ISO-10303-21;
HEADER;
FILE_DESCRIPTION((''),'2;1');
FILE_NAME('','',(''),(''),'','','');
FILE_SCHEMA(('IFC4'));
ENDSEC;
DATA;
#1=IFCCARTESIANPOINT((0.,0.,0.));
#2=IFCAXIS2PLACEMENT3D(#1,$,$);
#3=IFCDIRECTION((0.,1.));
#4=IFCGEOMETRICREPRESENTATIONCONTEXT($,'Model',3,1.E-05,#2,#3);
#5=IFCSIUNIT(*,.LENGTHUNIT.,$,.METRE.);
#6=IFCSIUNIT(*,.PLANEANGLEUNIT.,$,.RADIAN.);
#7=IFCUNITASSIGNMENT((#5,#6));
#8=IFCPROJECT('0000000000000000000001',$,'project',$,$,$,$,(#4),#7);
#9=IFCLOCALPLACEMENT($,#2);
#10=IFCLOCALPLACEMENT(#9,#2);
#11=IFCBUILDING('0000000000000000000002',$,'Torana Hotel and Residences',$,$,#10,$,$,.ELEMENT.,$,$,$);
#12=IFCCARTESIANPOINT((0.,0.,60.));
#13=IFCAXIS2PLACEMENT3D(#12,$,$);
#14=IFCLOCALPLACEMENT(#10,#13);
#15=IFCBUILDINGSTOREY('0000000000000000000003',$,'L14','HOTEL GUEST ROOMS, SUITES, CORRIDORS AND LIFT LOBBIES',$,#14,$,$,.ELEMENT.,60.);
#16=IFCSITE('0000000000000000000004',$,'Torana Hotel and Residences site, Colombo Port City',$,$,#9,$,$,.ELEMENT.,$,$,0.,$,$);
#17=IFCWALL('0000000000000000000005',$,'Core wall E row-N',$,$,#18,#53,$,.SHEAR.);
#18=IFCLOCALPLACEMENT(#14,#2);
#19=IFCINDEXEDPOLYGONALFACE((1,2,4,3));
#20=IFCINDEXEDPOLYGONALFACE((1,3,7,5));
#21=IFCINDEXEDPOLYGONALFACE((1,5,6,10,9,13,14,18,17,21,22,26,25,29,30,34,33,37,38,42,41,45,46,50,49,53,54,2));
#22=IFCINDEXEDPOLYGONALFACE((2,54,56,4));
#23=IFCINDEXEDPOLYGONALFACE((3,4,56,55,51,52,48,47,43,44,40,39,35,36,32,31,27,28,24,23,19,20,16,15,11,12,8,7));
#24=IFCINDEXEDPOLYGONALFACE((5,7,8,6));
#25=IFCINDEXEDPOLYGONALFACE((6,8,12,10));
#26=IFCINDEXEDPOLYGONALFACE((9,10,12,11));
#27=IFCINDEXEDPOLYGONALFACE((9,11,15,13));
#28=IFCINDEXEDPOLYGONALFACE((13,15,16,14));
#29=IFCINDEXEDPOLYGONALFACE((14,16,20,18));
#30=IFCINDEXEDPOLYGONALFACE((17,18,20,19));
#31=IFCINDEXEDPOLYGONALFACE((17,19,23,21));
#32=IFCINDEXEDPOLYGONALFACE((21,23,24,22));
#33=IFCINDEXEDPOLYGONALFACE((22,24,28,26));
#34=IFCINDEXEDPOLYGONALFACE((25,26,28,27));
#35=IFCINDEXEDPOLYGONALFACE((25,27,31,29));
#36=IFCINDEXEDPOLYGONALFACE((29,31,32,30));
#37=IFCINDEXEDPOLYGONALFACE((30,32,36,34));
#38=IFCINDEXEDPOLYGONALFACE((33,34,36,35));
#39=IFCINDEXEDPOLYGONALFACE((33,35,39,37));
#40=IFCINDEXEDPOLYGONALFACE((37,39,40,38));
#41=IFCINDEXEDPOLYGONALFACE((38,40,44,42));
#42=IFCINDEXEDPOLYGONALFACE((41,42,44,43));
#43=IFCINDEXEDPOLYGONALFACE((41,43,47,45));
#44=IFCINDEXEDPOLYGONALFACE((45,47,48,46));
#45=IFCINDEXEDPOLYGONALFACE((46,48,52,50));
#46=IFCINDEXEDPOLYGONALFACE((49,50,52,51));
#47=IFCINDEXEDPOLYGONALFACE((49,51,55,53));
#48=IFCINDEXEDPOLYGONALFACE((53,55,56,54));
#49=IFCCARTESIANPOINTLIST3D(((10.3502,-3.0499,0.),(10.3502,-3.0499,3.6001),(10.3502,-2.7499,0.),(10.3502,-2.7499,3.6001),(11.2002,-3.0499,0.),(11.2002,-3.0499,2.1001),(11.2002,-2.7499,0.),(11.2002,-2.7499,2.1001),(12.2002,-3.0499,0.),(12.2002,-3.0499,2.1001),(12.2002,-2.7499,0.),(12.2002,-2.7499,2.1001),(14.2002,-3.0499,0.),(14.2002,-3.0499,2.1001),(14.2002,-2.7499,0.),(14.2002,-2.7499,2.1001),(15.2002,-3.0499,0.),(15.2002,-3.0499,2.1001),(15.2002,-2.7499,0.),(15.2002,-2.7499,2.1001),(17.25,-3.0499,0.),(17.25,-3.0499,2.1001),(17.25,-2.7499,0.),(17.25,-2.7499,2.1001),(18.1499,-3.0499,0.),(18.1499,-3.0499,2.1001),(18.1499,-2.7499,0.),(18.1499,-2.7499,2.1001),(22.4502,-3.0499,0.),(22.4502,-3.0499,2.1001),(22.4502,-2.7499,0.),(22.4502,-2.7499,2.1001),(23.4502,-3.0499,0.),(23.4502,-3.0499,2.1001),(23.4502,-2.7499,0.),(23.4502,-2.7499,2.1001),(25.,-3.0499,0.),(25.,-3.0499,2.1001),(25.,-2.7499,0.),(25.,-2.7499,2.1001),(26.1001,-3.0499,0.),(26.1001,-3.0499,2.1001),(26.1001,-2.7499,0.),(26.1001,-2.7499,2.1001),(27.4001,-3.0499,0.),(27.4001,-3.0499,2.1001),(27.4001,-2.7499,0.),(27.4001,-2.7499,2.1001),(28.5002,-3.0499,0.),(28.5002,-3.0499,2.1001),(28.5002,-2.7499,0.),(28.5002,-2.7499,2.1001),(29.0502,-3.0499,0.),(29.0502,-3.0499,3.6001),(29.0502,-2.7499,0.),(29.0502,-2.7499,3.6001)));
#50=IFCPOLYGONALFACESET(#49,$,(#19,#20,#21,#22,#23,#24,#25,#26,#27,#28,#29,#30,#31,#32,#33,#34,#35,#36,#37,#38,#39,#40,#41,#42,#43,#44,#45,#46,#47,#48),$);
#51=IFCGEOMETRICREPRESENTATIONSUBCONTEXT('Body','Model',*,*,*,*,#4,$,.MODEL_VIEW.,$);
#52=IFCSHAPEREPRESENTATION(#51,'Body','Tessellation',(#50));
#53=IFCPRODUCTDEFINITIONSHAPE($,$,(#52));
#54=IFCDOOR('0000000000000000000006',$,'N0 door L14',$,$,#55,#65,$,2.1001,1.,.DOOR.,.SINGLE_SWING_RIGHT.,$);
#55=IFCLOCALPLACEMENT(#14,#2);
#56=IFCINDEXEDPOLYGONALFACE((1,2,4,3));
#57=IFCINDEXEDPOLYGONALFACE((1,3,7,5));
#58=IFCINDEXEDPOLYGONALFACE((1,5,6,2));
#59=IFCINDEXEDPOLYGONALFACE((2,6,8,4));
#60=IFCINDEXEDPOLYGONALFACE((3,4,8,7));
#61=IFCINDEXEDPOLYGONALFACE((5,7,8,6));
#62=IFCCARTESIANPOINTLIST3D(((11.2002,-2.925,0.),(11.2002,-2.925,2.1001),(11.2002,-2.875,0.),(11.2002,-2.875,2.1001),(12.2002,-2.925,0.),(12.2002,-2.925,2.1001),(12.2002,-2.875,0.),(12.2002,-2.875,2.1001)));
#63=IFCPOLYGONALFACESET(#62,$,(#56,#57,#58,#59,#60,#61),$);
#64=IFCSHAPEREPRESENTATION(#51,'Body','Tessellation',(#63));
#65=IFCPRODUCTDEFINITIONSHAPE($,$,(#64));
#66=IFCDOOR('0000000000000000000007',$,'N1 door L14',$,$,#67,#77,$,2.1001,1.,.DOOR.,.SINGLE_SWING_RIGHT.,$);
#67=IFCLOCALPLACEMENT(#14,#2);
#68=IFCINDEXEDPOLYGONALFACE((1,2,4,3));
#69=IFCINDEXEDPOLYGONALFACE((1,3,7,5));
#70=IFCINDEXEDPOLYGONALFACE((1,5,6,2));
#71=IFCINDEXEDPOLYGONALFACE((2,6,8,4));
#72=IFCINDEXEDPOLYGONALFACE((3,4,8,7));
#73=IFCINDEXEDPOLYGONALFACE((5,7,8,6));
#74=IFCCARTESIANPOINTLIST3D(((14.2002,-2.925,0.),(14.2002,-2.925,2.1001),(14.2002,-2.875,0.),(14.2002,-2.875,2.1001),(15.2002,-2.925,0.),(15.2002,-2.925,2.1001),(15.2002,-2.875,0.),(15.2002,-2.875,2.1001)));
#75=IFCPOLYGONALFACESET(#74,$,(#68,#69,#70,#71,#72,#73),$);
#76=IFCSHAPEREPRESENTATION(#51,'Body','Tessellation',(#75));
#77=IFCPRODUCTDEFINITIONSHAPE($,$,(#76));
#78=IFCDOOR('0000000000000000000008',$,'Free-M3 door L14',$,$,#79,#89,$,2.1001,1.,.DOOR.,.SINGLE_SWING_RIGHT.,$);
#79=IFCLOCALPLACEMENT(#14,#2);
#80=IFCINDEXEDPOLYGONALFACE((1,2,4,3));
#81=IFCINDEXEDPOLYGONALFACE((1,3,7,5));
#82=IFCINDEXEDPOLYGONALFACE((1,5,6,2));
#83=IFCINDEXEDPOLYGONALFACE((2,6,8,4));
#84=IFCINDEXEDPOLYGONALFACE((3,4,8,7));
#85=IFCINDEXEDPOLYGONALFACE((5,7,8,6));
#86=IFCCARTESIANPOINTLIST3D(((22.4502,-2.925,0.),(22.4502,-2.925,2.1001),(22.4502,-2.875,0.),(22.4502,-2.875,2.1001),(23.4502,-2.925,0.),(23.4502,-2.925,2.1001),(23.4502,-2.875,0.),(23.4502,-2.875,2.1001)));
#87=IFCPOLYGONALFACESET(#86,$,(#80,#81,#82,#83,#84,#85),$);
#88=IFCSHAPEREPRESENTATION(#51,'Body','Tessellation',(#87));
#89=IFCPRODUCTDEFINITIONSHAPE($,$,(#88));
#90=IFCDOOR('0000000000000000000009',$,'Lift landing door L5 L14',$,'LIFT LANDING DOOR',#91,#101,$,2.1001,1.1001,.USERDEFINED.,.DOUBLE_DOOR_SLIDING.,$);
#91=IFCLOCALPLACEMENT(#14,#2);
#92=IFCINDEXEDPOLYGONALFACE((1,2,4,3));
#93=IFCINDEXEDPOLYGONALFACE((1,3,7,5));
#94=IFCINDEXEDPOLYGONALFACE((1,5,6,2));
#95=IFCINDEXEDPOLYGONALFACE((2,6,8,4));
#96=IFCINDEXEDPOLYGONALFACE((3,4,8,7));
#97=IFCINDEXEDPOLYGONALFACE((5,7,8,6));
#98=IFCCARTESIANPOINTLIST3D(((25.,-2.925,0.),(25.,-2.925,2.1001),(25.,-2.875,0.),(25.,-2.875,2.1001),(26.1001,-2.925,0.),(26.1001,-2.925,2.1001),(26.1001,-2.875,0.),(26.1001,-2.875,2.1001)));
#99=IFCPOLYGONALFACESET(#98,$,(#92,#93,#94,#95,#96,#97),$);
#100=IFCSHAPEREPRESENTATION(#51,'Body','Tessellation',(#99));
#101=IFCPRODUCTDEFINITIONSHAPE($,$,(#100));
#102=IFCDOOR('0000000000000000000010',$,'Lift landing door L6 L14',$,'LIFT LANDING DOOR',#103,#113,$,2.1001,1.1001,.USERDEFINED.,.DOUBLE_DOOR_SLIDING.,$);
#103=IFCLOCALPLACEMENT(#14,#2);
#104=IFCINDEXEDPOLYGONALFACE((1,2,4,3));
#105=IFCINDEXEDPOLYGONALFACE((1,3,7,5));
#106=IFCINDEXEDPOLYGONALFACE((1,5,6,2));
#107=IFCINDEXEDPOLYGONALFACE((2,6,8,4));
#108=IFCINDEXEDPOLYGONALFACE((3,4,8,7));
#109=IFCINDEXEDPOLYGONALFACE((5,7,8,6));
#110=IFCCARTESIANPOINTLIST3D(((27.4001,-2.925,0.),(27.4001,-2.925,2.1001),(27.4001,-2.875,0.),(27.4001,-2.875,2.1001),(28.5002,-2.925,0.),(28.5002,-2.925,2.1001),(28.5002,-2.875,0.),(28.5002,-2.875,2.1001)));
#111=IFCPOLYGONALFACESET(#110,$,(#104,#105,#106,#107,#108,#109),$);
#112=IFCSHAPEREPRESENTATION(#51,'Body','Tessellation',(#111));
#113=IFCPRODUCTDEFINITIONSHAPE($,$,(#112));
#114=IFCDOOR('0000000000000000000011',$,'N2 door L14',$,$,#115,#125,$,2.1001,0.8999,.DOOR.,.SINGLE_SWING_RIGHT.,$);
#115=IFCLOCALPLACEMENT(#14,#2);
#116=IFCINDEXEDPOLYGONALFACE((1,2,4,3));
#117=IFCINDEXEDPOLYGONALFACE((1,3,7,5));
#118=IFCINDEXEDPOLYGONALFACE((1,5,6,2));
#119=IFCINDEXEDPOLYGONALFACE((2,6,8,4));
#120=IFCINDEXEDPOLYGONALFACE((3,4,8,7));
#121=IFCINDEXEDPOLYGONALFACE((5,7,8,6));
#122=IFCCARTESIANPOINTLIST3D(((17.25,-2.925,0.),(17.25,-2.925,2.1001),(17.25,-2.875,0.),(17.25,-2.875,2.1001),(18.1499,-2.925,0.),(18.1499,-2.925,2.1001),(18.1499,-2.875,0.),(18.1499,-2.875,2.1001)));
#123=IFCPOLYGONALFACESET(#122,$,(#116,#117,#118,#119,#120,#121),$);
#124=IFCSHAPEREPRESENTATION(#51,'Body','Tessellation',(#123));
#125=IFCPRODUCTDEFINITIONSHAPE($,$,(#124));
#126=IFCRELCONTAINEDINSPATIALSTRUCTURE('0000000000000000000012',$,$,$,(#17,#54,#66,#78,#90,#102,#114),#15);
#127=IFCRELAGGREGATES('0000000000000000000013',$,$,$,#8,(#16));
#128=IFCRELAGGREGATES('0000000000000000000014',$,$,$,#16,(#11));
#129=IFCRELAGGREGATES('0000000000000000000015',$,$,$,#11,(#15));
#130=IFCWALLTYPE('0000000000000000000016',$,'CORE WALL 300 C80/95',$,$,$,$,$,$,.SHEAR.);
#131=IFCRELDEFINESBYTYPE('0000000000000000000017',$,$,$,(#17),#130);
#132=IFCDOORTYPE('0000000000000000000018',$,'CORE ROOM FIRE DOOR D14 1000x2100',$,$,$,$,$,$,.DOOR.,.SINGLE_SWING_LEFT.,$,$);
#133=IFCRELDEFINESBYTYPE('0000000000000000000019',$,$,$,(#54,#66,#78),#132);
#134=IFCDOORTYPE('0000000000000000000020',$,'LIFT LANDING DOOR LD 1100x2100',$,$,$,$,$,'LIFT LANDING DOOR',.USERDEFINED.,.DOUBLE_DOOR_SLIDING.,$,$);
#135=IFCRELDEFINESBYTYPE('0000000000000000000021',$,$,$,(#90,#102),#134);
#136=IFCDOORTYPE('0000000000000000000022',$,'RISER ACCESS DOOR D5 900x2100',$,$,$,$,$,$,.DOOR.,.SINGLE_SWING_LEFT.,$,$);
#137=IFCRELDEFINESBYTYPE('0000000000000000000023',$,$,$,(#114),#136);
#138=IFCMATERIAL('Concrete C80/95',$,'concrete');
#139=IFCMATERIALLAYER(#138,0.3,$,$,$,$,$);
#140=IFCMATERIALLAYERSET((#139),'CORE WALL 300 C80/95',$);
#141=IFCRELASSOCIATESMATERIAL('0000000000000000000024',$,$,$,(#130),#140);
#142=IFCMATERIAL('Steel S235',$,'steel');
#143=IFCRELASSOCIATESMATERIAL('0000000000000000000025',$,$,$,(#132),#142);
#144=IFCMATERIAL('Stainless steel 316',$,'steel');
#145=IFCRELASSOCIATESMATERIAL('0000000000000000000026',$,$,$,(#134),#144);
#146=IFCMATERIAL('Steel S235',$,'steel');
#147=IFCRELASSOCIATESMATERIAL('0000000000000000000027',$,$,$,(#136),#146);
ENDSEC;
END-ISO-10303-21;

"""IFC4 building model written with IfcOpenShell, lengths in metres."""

from ifc_helpers import new_model, si_unit, direction, frame, frame_2d, origin, place, context, subcontext, project, spatial, rectangle, extrude, material, layer, layer_set, type_object, element, fill, save


model = new_model("IFC4")

# Units and contexts
model_context = context("Model", 3, precision=1e-05, world=origin(), true_north=direction((0.0, 1.0)))
body_context = subcontext(model_context, "Body", "Model", "MODEL_VIEW")
ifc_project = project(units=[si_unit("LENGTHUNIT", "METRE"), si_unit("PLANEANGLEUNIT", "RADIAN")], contexts=[model_context])

# Site, building, storey
site_placement = place(None, origin())
site = spatial("IfcSite", under=ifc_project, at=site_placement, Name="Torana Hotel and Residences site, Colombo Port City", CompositionType="ELEMENT", RefElevation=0.0)
building_placement = place(site_placement, origin())
building = spatial("IfcBuilding", under=site, at=building_placement, Name="Torana Hotel and Residences", CompositionType="ELEMENT")
storey_placement = place(building_placement, frame((0.0, 0.0, 60.0)))
storey = spatial("IfcBuildingStorey", under=building, at=storey_placement, Name="L14", Description="HOTEL GUEST ROOMS, SUITES, CORRIDORS AND LIFT LOBBIES", CompositionType="ELEMENT", Elevation=60.0)

# Wall, openings, doors
ifc_material_1 = material(Name="Concrete C80/95", Category="concrete")
ifc_layer_1 = layer(ifc_material_1, 0.3)
ifc_layer_set_1 = layer_set([ifc_layer_1], Name="CORE WALL 300 C80/95")
wall_type_1 = type_object("IfcWallType", Name="CORE WALL 300 C80/95", PredefinedType="SHEAR", material=ifc_layer_set_1)
wall_1_placement = place(storey_placement, frame((10.3501, -2.8999, 0.0), z_axis=(0.0, 0.0, 1.0), x_axis=(1.0, 0.0, 0.0)))
wall_1 = element("IfcWall", 1, at=wall_1_placement, inside=storey, type_object=wall_type_1, Name="Core wall E row-N", PredefinedType="SHEAR", context=body_context, shape_type="SweptSolid", body=[
    extrude(rectangle(XDim=18.7, YDim=0.3, at=frame_2d((9.3501, 0.0))), origin(), (0.0, 0.0, 1.0), 3.6001),
])
opening_1_placement = place(wall_1_placement, frame((14.6499, 0.0, 0.0)))
opening_1 = element("IfcOpeningElement", 2, at=opening_1_placement, cuts=wall_1, PredefinedType="OPENING", context=body_context, shape_type="SweptSolid", body=[
    extrude(rectangle(XDim=1.1001, YDim=2.1001, at=frame_2d((0.55, 1.05))), frame((0.0, 0.1599, 0.0), z_axis=(0.0, -1.0, 0.0), x_axis=(1.0, 0.0, 0.0)), (0.0, 0.0, 1.0), 0.3201),
])
opening_2_placement = place(wall_1_placement, frame((17.05, 0.0, 0.0)))
opening_2 = element("IfcOpeningElement", 3, at=opening_2_placement, cuts=wall_1, PredefinedType="OPENING", context=body_context, shape_type="SweptSolid", body=[
    extrude(rectangle(XDim=1.1001, YDim=2.1001, at=frame_2d((0.55, 1.05))), frame((0.0, 0.1599, 0.0), z_axis=(0.0, -1.0, 0.0), x_axis=(1.0, 0.0, 0.0)), (0.0, 0.0, 1.0), 0.3201),
])
opening_3_placement = place(wall_1_placement, frame((6.8999, 0.0, 0.0)))
opening_3 = element("IfcOpeningElement", 4, at=opening_3_placement, cuts=wall_1, PredefinedType="OPENING", context=body_context, shape_type="SweptSolid", body=[
    extrude(rectangle(XDim=0.8999, YDim=2.1001, at=frame_2d((0.45, 1.05))), frame((0.0, 0.1599, 0.0), z_axis=(0.0, -1.0, 0.0), x_axis=(1.0, 0.0, 0.0)), (0.0, 0.0, 1.0), 0.3201),
])
opening_4_placement = place(wall_1_placement, frame((0.8501, 0.0, 0.0)))
opening_4 = element("IfcOpeningElement", 5, at=opening_4_placement, cuts=wall_1, PredefinedType="OPENING", context=body_context, shape_type="SweptSolid", body=[
    extrude(rectangle(XDim=1.0, YDim=2.1001, at=frame_2d((0.5, 1.05))), frame((0.0, 0.1599, 0.0), z_axis=(0.0, -1.0, 0.0), x_axis=(1.0, 0.0, 0.0)), (0.0, 0.0, 1.0), 0.3201),
])
opening_5_placement = place(wall_1_placement, frame((3.8501, 0.0, 0.0)))
opening_5 = element("IfcOpeningElement", 6, at=opening_5_placement, cuts=wall_1, PredefinedType="OPENING", context=body_context, shape_type="SweptSolid", body=[
    extrude(rectangle(XDim=1.0, YDim=2.1001, at=frame_2d((0.5, 1.05))), frame((0.0, 0.1599, 0.0), z_axis=(0.0, -1.0, 0.0), x_axis=(1.0, 0.0, 0.0)), (0.0, 0.0, 1.0), 0.3201),
])
opening_6_placement = place(wall_1_placement, frame((12.1001, 0.0, 0.0)))
opening_6 = element("IfcOpeningElement", 7, at=opening_6_placement, cuts=wall_1, PredefinedType="OPENING", context=body_context, shape_type="SweptSolid", body=[
    extrude(rectangle(XDim=1.0, YDim=2.1001, at=frame_2d((0.5, 1.05))), frame((0.0, 0.1599, 0.0), z_axis=(0.0, -1.0, 0.0), x_axis=(1.0, 0.0, 0.0)), (0.0, 0.0, 1.0), 0.3201),
])
ifc_material_2 = material(Name="Steel S235", Category="steel")
door_type_1 = type_object("IfcDoorType", Name="CORE ROOM FIRE DOOR D14 1000x2100", OperationType="SINGLE_SWING_LEFT", PredefinedType="DOOR", material=ifc_material_2)
door_1_placement = place(opening_4_placement, origin())
door_1 = element("IfcDoor", 8, at=door_1_placement, inside=storey, type_object=door_type_1, Name="N0 door L14", OperationType="SINGLE_SWING_RIGHT", OverallHeight=2.1001, OverallWidth=1.0, PredefinedType="DOOR", context=body_context, shape_type="SweptSolid", body=[
    extrude(rectangle(XDim=1.0, YDim=2.1001, at=frame_2d((0.5, 1.05))), frame((0.0, 0.0249, 0.0), z_axis=(0.0, -1.0, 0.0), x_axis=(1.0, 0.0, 0.0)), (0.0, 0.0, 1.0), 0.05),
])
fill(opening_4, door_1)
door_2_placement = place(opening_5_placement, origin())
door_2 = element("IfcDoor", 9, at=door_2_placement, inside=storey, type_object=door_type_1, Name="N1 door L14", OperationType="SINGLE_SWING_RIGHT", OverallHeight=2.1001, OverallWidth=1.0, PredefinedType="DOOR", context=body_context, shape_type="SweptSolid", body=[
    extrude(rectangle(XDim=1.0, YDim=2.1001, at=frame_2d((0.5, 1.05))), frame((0.0, 0.0249, 0.0), z_axis=(0.0, -1.0, 0.0), x_axis=(1.0, 0.0, 0.0)), (0.0, 0.0, 1.0), 0.05),
])
fill(opening_5, door_2)
door_3_placement = place(opening_6_placement, origin())
door_3 = element("IfcDoor", 10, at=door_3_placement, inside=storey, type_object=door_type_1, Name="Free-M3 door L14", OperationType="SINGLE_SWING_RIGHT", OverallHeight=2.1001, OverallWidth=1.0, PredefinedType="DOOR", context=body_context, shape_type="SweptSolid", body=[
    extrude(rectangle(XDim=1.0, YDim=2.1001, at=frame_2d((0.5, 1.05))), frame((0.0, 0.0249, 0.0), z_axis=(0.0, -1.0, 0.0), x_axis=(1.0, 0.0, 0.0)), (0.0, 0.0, 1.0), 0.05),
])
fill(opening_6, door_3)
ifc_material_3 = material(Name="Stainless steel 316", Category="steel")
door_type_2 = type_object("IfcDoorType", Name="LIFT LANDING DOOR LD 1100x2100", ElementType="LIFT LANDING DOOR", OperationType="DOUBLE_DOOR_SLIDING", PredefinedType="USERDEFINED", material=ifc_material_3)
door_4_placement = place(opening_1_placement, origin())
door_4 = element("IfcDoor", 11, at=door_4_placement, inside=storey, type_object=door_type_2, Name="Lift landing door L5 L14", ObjectType="LIFT LANDING DOOR", OperationType="DOUBLE_DOOR_SLIDING", OverallHeight=2.1001, OverallWidth=1.1001, PredefinedType="USERDEFINED", context=body_context, shape_type="SweptSolid", body=[
    extrude(rectangle(XDim=1.1001, YDim=2.1001, at=frame_2d((0.55, 1.05))), frame((0.0, 0.0249, 0.0), z_axis=(0.0, -1.0, 0.0), x_axis=(1.0, 0.0, 0.0)), (0.0, 0.0, 1.0), 0.05),
])
fill(opening_1, door_4)
door_5_placement = place(opening_2_placement, origin())
door_5 = element("IfcDoor", 12, at=door_5_placement, inside=storey, type_object=door_type_2, Name="Lift landing door L6 L14", ObjectType="LIFT LANDING DOOR", OperationType="DOUBLE_DOOR_SLIDING", OverallHeight=2.1001, OverallWidth=1.1001, PredefinedType="USERDEFINED", context=body_context, shape_type="SweptSolid", body=[
    extrude(rectangle(XDim=1.1001, YDim=2.1001, at=frame_2d((0.55, 1.05))), frame((0.0, 0.0249, 0.0), z_axis=(0.0, -1.0, 0.0), x_axis=(1.0, 0.0, 0.0)), (0.0, 0.0, 1.0), 0.05),
])
fill(opening_2, door_5)
ifc_material_4 = material(Name="Steel S235", Category="steel")
door_type_3 = type_object("IfcDoorType", Name="RISER ACCESS DOOR D5 900x2100", OperationType="SINGLE_SWING_LEFT", PredefinedType="DOOR", material=ifc_material_4)
door_6_placement = place(opening_3_placement, origin())
door_6 = element("IfcDoor", 13, at=door_6_placement, inside=storey, type_object=door_type_3, Name="N2 door L14", OperationType="SINGLE_SWING_RIGHT", OverallHeight=2.1001, OverallWidth=0.8999, PredefinedType="DOOR", context=body_context, shape_type="SweptSolid", body=[
    extrude(rectangle(XDim=0.8999, YDim=2.1001, at=frame_2d((0.45, 1.05))), frame((0.0, 0.0249, 0.0), z_axis=(0.0, -1.0, 0.0), x_axis=(1.0, 0.0, 0.0)), (0.0, 0.0, 1.0), 0.05),
])
fill(opening_3, door_6)

save(model, "model.ifc")
